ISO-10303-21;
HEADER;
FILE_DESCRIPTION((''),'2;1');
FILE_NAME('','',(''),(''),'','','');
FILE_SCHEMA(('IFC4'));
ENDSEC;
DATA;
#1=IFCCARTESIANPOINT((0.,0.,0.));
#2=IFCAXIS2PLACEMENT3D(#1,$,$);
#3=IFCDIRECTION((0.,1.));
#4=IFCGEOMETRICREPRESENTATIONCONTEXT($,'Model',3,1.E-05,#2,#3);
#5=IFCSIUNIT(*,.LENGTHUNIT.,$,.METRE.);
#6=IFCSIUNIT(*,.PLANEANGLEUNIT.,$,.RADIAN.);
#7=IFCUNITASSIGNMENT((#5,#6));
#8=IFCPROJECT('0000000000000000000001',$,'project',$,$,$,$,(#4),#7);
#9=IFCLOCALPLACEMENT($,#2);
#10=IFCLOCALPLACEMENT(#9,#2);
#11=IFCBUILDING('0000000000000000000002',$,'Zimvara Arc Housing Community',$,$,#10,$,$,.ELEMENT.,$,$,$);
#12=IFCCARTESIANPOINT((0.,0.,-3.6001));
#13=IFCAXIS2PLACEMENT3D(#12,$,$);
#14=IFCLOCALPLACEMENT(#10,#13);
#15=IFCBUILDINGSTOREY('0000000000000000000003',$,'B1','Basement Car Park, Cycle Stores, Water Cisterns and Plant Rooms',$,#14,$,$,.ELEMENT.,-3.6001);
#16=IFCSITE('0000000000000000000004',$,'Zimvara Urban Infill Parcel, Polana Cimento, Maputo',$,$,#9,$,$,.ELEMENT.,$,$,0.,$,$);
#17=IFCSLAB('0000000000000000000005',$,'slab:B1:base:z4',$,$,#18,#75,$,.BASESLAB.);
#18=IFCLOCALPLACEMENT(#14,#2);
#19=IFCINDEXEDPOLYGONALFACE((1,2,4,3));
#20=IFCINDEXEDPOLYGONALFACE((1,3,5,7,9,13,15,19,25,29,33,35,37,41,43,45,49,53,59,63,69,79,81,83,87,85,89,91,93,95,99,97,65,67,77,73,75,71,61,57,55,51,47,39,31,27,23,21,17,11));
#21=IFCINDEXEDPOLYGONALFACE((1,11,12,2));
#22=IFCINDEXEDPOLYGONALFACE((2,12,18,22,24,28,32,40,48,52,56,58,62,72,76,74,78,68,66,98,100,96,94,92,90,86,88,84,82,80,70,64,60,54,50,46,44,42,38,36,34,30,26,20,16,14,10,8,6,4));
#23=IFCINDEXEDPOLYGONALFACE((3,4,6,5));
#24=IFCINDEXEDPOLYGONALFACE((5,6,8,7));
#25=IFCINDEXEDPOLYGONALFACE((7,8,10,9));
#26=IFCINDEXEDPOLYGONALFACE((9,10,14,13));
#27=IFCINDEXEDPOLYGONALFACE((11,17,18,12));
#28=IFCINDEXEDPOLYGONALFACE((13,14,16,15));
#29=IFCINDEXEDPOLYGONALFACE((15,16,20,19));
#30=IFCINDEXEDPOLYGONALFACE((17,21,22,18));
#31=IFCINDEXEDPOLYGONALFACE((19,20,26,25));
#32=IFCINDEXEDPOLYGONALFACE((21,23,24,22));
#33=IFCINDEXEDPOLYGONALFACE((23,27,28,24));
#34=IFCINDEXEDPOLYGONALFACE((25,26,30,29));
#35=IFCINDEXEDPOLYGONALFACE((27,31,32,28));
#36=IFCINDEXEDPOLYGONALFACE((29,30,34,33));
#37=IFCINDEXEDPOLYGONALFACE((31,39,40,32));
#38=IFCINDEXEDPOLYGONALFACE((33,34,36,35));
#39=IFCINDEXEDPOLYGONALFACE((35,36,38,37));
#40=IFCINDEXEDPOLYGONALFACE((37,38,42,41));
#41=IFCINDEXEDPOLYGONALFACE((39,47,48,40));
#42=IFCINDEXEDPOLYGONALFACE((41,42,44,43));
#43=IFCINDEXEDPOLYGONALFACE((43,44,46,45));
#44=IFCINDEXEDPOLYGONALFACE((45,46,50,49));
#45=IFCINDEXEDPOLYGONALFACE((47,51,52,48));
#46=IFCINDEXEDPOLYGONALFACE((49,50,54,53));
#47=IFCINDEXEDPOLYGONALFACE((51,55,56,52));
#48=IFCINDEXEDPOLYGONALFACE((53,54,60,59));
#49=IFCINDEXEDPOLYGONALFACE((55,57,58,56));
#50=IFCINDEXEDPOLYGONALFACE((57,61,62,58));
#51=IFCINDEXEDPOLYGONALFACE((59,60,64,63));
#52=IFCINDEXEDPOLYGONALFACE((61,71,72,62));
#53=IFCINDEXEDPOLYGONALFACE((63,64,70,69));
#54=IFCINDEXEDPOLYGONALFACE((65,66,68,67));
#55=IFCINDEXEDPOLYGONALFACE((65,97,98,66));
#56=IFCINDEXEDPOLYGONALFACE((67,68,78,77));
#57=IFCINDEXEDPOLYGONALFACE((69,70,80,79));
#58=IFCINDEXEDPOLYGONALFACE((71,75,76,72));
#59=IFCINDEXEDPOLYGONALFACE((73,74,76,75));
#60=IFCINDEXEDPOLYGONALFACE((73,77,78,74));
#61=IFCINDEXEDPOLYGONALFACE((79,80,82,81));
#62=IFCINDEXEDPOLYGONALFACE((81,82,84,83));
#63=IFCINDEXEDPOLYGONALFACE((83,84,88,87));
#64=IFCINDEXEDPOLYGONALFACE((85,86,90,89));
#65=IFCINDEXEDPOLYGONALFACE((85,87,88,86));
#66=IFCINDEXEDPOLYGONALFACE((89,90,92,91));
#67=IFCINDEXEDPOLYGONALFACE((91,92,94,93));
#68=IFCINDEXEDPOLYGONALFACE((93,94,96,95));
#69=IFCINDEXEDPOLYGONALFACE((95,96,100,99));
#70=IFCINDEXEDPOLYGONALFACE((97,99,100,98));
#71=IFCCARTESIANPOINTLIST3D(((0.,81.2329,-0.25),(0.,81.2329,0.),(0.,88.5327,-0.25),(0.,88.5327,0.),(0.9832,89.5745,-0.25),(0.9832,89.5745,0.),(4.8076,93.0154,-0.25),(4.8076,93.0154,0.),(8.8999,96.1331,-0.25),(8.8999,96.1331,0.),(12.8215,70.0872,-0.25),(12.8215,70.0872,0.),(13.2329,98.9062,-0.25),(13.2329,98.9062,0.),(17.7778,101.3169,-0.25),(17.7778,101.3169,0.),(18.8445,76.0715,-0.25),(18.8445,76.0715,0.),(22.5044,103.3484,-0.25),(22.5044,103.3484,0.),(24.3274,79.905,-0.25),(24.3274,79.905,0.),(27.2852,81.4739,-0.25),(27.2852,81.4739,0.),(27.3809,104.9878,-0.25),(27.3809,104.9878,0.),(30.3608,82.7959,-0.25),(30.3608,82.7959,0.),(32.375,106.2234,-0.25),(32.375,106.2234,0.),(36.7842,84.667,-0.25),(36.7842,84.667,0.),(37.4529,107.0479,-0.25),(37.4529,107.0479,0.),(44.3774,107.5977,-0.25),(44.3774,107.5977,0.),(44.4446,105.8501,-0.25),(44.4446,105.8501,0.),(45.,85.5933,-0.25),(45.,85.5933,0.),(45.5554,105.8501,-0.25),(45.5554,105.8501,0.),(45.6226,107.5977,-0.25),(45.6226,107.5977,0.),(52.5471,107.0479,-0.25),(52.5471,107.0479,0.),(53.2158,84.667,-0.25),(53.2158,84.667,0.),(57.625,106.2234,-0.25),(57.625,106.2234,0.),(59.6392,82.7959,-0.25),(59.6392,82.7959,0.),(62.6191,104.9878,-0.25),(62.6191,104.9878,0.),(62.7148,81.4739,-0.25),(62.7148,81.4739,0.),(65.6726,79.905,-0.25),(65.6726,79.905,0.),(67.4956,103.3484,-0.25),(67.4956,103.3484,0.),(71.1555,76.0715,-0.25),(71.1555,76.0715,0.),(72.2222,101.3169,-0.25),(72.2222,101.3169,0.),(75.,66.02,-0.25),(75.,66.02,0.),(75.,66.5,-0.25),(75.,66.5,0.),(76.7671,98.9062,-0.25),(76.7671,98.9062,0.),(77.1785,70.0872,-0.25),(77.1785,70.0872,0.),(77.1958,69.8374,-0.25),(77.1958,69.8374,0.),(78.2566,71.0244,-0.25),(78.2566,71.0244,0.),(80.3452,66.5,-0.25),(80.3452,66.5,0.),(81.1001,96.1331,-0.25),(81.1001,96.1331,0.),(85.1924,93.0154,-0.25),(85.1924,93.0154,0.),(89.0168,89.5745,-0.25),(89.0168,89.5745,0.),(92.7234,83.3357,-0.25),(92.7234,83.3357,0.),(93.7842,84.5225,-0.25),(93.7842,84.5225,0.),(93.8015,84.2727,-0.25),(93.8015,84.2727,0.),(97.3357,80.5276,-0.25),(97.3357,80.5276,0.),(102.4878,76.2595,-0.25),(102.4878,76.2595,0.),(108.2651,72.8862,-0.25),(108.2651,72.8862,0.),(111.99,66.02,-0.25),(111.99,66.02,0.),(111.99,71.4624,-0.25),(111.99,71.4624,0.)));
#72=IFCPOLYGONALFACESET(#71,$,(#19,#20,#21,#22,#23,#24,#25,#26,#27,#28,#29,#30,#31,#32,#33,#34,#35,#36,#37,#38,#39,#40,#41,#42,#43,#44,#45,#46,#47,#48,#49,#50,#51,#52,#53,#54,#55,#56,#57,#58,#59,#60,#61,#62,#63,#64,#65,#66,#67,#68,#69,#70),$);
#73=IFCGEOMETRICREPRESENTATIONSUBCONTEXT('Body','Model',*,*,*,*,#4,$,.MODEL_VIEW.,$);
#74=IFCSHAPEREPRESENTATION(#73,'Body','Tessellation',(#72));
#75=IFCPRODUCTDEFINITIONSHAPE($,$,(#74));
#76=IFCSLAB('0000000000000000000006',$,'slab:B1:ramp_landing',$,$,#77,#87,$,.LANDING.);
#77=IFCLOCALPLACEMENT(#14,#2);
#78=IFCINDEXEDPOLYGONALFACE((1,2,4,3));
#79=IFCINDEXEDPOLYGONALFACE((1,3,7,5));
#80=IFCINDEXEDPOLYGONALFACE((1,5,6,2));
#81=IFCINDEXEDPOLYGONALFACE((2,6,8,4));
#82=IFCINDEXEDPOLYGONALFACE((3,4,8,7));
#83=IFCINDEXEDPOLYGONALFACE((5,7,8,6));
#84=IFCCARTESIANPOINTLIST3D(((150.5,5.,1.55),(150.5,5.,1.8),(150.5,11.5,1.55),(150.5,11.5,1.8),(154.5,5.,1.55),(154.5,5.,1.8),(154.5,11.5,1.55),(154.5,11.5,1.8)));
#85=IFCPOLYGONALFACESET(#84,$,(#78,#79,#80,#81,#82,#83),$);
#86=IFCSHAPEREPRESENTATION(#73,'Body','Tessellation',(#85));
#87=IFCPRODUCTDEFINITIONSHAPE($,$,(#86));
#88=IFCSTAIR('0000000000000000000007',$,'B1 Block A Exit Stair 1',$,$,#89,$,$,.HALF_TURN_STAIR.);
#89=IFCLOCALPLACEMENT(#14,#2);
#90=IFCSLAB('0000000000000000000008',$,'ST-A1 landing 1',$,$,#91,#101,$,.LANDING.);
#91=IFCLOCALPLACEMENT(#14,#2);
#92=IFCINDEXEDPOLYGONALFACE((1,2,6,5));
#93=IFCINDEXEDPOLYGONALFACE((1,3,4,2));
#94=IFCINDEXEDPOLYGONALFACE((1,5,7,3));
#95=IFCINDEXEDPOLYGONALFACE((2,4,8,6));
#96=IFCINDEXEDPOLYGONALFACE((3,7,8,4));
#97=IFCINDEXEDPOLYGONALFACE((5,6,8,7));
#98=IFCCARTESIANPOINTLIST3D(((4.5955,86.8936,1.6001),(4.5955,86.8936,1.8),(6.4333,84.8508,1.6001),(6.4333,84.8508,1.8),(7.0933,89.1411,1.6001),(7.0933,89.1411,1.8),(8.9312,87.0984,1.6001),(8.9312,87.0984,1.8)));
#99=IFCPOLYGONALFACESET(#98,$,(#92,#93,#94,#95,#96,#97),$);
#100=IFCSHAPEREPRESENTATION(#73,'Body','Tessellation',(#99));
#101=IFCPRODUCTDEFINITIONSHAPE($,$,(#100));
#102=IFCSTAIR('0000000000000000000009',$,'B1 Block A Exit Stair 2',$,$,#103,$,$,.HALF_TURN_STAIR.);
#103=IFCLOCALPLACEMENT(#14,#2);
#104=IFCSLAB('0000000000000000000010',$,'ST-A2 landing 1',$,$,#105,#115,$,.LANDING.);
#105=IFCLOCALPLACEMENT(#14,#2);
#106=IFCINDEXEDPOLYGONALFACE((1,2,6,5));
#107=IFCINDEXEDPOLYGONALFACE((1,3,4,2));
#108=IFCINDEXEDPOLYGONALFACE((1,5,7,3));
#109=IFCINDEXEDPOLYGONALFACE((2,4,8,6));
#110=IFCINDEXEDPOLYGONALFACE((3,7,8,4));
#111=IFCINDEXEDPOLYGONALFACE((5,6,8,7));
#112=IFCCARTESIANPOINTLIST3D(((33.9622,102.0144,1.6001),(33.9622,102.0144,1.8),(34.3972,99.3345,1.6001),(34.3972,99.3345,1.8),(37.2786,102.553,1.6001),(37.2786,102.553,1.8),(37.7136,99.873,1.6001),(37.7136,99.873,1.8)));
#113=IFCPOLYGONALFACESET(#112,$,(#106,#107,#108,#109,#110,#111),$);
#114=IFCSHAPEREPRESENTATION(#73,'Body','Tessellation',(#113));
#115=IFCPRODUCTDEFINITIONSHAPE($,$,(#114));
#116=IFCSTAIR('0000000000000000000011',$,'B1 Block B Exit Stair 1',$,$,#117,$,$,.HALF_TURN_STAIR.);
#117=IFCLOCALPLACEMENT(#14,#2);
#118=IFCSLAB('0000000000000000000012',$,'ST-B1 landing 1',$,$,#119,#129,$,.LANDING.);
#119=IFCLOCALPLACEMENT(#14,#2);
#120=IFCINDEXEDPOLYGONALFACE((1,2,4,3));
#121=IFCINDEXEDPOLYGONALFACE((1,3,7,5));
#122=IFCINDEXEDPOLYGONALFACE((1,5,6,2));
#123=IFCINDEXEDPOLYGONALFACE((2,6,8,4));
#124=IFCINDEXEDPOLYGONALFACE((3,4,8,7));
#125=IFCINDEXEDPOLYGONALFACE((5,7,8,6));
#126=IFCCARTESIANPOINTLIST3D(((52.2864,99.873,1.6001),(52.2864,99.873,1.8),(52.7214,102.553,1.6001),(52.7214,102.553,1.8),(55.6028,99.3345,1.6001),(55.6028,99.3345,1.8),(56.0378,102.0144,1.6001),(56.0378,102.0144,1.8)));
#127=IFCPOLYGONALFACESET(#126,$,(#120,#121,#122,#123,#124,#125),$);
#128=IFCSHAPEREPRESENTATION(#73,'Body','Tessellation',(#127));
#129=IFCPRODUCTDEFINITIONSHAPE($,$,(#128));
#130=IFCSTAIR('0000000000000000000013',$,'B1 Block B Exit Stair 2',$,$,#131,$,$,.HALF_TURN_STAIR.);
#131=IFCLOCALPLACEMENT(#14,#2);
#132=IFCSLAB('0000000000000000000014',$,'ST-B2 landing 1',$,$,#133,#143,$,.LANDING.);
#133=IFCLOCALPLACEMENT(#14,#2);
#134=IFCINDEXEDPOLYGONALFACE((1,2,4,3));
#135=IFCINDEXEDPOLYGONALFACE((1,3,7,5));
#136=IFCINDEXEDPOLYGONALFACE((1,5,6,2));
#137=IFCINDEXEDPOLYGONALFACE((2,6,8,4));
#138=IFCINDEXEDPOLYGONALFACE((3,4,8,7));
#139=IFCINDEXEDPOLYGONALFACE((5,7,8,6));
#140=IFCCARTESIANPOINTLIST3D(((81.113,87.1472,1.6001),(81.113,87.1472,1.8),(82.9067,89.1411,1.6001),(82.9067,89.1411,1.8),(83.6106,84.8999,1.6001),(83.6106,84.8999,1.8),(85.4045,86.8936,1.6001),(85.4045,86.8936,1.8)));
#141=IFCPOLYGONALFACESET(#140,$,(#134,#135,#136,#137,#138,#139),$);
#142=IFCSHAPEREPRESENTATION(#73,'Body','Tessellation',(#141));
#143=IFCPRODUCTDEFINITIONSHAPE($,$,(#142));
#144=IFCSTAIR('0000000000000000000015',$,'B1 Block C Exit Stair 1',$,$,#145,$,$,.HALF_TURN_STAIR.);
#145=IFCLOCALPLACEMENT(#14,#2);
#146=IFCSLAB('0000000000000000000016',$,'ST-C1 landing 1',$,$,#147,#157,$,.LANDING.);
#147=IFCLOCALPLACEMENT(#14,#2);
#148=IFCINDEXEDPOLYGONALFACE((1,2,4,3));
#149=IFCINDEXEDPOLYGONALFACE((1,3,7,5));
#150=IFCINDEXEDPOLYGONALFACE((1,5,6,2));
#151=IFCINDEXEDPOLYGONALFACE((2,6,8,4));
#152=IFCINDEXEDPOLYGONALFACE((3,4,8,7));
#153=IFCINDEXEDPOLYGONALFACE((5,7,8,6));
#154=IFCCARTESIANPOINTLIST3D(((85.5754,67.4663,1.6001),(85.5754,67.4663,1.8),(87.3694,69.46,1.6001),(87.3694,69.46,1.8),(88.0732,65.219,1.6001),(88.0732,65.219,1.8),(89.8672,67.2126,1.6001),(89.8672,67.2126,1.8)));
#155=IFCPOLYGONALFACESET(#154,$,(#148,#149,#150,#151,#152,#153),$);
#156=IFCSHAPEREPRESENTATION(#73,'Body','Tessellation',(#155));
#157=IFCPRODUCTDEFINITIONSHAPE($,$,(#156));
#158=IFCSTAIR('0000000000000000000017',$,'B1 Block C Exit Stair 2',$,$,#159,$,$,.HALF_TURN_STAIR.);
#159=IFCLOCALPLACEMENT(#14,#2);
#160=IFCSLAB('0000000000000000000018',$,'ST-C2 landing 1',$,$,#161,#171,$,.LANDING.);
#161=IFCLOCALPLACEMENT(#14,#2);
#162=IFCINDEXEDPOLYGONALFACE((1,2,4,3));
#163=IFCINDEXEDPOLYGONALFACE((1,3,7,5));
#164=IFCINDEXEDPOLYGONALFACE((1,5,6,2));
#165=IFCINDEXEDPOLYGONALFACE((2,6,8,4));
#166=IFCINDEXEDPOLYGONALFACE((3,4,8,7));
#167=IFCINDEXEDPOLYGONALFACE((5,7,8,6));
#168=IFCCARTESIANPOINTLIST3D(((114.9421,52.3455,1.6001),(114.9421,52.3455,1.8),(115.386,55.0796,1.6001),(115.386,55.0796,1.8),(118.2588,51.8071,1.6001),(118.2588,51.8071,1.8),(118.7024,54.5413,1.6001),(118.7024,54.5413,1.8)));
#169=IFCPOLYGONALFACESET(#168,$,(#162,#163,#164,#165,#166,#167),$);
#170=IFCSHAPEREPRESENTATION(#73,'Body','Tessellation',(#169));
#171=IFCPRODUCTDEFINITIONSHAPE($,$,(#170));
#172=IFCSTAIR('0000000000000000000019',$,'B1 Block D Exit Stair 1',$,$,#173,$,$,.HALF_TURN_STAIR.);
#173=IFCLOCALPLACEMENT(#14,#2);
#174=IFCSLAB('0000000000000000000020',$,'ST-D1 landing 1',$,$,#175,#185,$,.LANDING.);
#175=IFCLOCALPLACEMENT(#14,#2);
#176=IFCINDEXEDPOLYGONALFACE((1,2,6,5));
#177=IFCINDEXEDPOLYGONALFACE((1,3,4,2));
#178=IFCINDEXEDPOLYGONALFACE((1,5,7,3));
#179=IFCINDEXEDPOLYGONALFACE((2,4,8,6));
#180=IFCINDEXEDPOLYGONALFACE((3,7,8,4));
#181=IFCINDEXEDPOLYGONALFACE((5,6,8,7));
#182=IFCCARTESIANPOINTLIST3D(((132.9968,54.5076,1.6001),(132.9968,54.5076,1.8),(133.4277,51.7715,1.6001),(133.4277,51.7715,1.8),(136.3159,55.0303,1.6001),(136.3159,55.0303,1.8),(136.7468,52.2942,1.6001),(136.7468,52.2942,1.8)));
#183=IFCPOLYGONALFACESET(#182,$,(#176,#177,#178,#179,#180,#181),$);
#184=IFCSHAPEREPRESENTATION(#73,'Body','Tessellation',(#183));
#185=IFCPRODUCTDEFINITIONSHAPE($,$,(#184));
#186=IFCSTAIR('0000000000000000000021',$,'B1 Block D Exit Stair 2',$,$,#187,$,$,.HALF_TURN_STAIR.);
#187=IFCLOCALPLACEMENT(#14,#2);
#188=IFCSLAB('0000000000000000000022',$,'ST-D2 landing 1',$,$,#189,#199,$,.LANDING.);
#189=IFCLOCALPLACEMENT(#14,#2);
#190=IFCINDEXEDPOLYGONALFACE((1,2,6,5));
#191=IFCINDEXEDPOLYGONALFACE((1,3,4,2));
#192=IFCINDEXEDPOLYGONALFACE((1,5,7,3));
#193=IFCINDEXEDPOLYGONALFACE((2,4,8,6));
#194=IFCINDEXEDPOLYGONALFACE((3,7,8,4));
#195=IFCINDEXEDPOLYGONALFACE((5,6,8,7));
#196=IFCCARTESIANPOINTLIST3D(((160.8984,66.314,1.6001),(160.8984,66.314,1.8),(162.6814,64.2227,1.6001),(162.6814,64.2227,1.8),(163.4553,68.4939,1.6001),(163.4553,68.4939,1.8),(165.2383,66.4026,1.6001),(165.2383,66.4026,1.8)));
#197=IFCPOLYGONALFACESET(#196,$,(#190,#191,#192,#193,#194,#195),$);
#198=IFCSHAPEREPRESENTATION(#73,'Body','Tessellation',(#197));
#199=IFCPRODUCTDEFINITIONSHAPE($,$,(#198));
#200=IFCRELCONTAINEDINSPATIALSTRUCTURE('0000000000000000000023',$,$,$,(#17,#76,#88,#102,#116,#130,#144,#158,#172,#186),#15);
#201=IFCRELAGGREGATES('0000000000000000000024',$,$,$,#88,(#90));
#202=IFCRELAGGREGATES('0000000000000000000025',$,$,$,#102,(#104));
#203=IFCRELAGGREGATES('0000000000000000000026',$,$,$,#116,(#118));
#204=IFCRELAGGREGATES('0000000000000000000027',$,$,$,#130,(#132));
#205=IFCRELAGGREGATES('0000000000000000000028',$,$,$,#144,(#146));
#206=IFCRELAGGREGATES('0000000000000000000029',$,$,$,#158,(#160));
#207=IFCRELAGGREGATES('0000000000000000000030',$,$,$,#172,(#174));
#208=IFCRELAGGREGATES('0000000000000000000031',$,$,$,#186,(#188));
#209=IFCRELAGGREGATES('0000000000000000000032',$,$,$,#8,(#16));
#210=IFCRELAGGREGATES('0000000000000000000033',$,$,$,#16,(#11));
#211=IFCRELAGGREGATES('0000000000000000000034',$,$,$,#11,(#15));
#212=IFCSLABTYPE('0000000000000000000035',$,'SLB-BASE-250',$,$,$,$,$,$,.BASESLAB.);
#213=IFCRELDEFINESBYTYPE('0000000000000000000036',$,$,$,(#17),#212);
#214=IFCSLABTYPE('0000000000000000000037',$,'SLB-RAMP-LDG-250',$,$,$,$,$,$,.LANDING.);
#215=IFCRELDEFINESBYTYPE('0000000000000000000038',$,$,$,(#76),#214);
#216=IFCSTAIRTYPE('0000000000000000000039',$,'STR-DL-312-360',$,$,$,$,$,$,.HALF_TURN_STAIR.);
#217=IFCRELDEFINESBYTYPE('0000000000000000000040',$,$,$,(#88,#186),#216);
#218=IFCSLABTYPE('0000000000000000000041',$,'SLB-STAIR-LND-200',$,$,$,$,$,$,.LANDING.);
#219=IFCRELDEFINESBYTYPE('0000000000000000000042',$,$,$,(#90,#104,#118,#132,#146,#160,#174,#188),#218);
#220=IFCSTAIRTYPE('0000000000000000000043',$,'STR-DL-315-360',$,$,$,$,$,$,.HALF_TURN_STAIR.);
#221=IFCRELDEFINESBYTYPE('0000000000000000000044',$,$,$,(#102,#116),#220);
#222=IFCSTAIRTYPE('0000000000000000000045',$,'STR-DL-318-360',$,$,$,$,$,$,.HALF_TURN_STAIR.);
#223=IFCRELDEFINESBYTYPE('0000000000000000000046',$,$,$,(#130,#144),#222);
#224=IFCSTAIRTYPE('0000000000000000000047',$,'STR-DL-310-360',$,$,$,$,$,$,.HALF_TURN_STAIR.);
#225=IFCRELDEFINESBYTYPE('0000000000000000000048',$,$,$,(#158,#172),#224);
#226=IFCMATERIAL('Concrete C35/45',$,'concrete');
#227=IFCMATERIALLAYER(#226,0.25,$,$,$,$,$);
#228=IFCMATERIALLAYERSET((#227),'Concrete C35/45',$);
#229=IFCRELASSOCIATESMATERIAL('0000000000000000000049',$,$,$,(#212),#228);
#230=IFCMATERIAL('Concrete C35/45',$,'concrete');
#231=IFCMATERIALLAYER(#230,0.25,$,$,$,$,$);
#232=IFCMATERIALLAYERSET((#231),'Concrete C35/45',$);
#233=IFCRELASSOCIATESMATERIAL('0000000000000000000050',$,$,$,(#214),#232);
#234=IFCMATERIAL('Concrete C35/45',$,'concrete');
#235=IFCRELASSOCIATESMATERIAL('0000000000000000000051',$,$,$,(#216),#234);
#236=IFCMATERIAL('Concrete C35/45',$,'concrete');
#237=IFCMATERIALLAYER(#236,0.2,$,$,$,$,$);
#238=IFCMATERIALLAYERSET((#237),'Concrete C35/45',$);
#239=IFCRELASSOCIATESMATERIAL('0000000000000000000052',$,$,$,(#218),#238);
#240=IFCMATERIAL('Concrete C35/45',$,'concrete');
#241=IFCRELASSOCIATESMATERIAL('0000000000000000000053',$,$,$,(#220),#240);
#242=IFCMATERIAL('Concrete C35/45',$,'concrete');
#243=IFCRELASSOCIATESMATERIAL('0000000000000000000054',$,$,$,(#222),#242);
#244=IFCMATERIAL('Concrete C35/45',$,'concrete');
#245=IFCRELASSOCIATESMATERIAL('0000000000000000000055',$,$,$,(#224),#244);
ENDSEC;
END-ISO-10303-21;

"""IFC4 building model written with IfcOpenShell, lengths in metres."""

from ifc_helpers import new_model, si_unit, direction, frame, origin, place, context, subcontext, project, spatial, polyline, outline, extrude, material, layer, layer_set, type_object, element, aggregate, save


model = new_model("IFC4")

# Units and contexts
model_context = context("Model", 3, precision=1e-05, world=origin(), true_north=direction((0.0, 1.0)))
body_context = subcontext(model_context, "Body", "Model", "MODEL_VIEW")
ifc_project = project(units=[si_unit("LENGTHUNIT", "METRE"), si_unit("PLANEANGLEUNIT", "RADIAN")], contexts=[model_context])

# Site, building, storey
site_placement = place(None, origin())
site = spatial("IfcSite", under=ifc_project, at=site_placement, Name="Zimvara Urban Infill Parcel, Polana Cimento, Maputo", CompositionType="ELEMENT", RefElevation=0.0)
building_placement = place(site_placement, origin())
building = spatial("IfcBuilding", under=site, at=building_placement, Name="Zimvara Arc Housing Community", CompositionType="ELEMENT")
storey_placement = place(building_placement, frame((0.0, 0.0, -3.6001)))
storey = spatial("IfcBuildingStorey", under=building, at=storey_placement, Name="B1", Description="Basement Car Park, Cycle Stores, Water Cisterns and Plant Rooms", CompositionType="ELEMENT", Elevation=-3.6001)

# Slabs
ifc_material_1 = material(Name="Concrete C35/45", Category="concrete")
ifc_layer_1 = layer(ifc_material_1, 0.25)
ifc_layer_set_1 = layer_set([ifc_layer_1], Name="Concrete C35/45")
slab_type_1 = type_object("IfcSlabType", Name="SLB-BASE-250", PredefinedType="BASESLAB", material=ifc_layer_set_1)
slab_1_placement = place(storey_placement, frame((0.0, 0.0, -0.25)))
element("IfcSlab", 1, at=slab_1_placement, inside=storey, type_object=slab_type_1, Name="slab:B1:base:z4", PredefinedType="BASESLAB", context=body_context, shape_type="SweptSolid", body=[
    extrude(outline(polyline([(75.0, 66.02), (111.99, 66.02), (111.99, 71.4624), (108.2651, 72.8862), (102.4878, 76.2595), (97.3357, 80.5276), (93.8015, 84.2727), (92.7234, 83.3357), (93.7842, 84.5225), (89.0168, 89.5745), (85.1924, 93.0154), (81.1001, 96.1331), (76.7671, 98.9062), (72.2222, 101.3169), (67.4956, 103.3484), (62.6191, 104.9878), (57.625, 106.2234), (52.5471, 107.0479), (45.6226, 107.5977), (45.5554, 105.8501), (44.4446, 105.8501), (44.3774, 107.5977), (37.4529, 107.0479), (32.375, 106.2234), (27.3809, 104.9878), (22.5044, 103.3484), (17.7778, 101.3169), (13.2329, 98.9062), (8.8999, 96.1331), (4.8076, 93.0154), (0.9832, 89.5745), (0.0, 88.5327), (0.0, 81.2329), (12.8215, 70.0872), (18.8445, 76.0715), (24.3274, 79.905), (27.2852, 81.4739), (30.3608, 82.7959), (36.7842, 84.667), (45.0, 85.5933), (53.2158, 84.667), (59.6392, 82.7959), (62.7148, 81.4739), (65.6726, 79.905), (71.1555, 76.0715), (77.1785, 70.0872), (78.2566, 71.0244), (77.1958, 69.8374), (80.3452, 66.5), (75.0, 66.5), (75.0, 66.02)])), origin(), (0.0, 0.0, 1.0), 0.25),
])
ifc_material_2 = material(Name="Concrete C35/45", Category="concrete")
ifc_layer_2 = layer(ifc_material_2, 0.25)
ifc_layer_set_2 = layer_set([ifc_layer_2], Name="Concrete C35/45")
slab_type_2 = type_object("IfcSlabType", Name="SLB-RAMP-LDG-250", PredefinedType="LANDING", material=ifc_layer_set_2)
slab_2_placement = place(storey_placement, frame((0.0, 0.0, 1.55)))
element("IfcSlab", 2, at=slab_2_placement, inside=storey, type_object=slab_type_2, Name="slab:B1:ramp_landing", PredefinedType="LANDING", context=body_context, shape_type="SweptSolid", body=[
    extrude(outline(polyline([(150.5, 5.0), (154.5, 5.0), (154.5, 11.5), (150.5, 11.5), (150.5, 5.0)])), origin(), (0.0, 0.0, 1.0), 0.25),
])

# Stairs, slabs
ifc_material_3 = material(Name="Concrete C35/45", Category="concrete")
stair_type_1 = type_object("IfcStairType", Name="STR-DL-312-360", PredefinedType="HALF_TURN_STAIR", material=ifc_material_3)
stair_1_placement = place(storey_placement, origin())
stair_1 = element("IfcStair", 3, at=stair_1_placement, inside=storey, type_object=stair_type_1, Name="B1 Block A Exit Stair 1", PredefinedType="HALF_TURN_STAIR")
ifc_material_4 = material(Name="Concrete C35/45", Category="concrete")
ifc_layer_3 = layer(ifc_material_4, 0.2)
ifc_layer_set_3 = layer_set([ifc_layer_3], Name="Concrete C35/45")
slab_type_3 = type_object("IfcSlabType", Name="SLB-STAIR-LND-200", PredefinedType="LANDING", material=ifc_layer_set_3)
slab_3_placement = place(storey_placement, frame((0.0, 0.0, 1.6001)))
slab_3 = element("IfcSlab", 4, at=slab_3_placement, type_object=slab_type_3, Name="ST-A1 landing 1", PredefinedType="LANDING", context=body_context, shape_type="SweptSolid", body=[
    extrude(outline(polyline([(8.9312, 87.0984), (7.0933, 89.1411), (4.5955, 86.8936), (6.4333, 84.8508), (8.9312, 87.0984)])), origin(), (0.0, 0.0, 1.0), 0.2),
])
aggregate(stair_1, [slab_3])
ifc_material_5 = material(Name="Concrete C35/45", Category="concrete")
stair_type_2 = type_object("IfcStairType", Name="STR-DL-315-360", PredefinedType="HALF_TURN_STAIR", material=ifc_material_5)
stair_2_placement = place(storey_placement, origin())
stair_2 = element("IfcStair", 5, at=stair_2_placement, inside=storey, type_object=stair_type_2, Name="B1 Block A Exit Stair 2", PredefinedType="HALF_TURN_STAIR")
slab_4_placement = place(storey_placement, frame((0.0, 0.0, 1.6001)))
slab_4 = element("IfcSlab", 6, at=slab_4_placement, type_object=slab_type_3, Name="ST-A2 landing 1", PredefinedType="LANDING", context=body_context, shape_type="SweptSolid", body=[
    extrude(outline(polyline([(37.7136, 99.873), (37.2786, 102.553), (33.9622, 102.0144), (34.3972, 99.3345), (37.7136, 99.873)])), origin(), (0.0, 0.0, 1.0), 0.2),
])
aggregate(stair_2, [slab_4])
stair_3_placement = place(storey_placement, origin())
stair_3 = element("IfcStair", 7, at=stair_3_placement, inside=storey, type_object=stair_type_2, Name="B1 Block B Exit Stair 1", PredefinedType="HALF_TURN_STAIR")
slab_5_placement = place(storey_placement, frame((0.0, 0.0, 1.6001)))
slab_5 = element("IfcSlab", 8, at=slab_5_placement, type_object=slab_type_3, Name="ST-B1 landing 1", PredefinedType="LANDING", context=body_context, shape_type="SweptSolid", body=[
    extrude(outline(polyline([(55.6028, 99.3345), (56.0378, 102.0144), (52.7214, 102.553), (52.2864, 99.873), (55.6028, 99.3345)])), origin(), (0.0, 0.0, 1.0), 0.2),
])
aggregate(stair_3, [slab_5])
ifc_material_6 = material(Name="Concrete C35/45", Category="concrete")
stair_type_3 = type_object("IfcStairType", Name="STR-DL-318-360", PredefinedType="HALF_TURN_STAIR", material=ifc_material_6)
stair_4_placement = place(storey_placement, origin())
stair_4 = element("IfcStair", 9, at=stair_4_placement, inside=storey, type_object=stair_type_3, Name="B1 Block B Exit Stair 2", PredefinedType="HALF_TURN_STAIR")
slab_6_placement = place(storey_placement, frame((0.0, 0.0, 1.6001)))
slab_6 = element("IfcSlab", 10, at=slab_6_placement, type_object=slab_type_3, Name="ST-B2 landing 1", PredefinedType="LANDING", context=body_context, shape_type="SweptSolid", body=[
    extrude(outline(polyline([(83.6106, 84.8999), (85.4045, 86.8936), (82.9067, 89.1411), (81.113, 87.1472), (83.6106, 84.8999)])), origin(), (0.0, 0.0, 1.0), 0.2),
])
aggregate(stair_4, [slab_6])
stair_5_placement = place(storey_placement, origin())
stair_5 = element("IfcStair", 11, at=stair_5_placement, inside=storey, type_object=stair_type_3, Name="B1 Block C Exit Stair 1", PredefinedType="HALF_TURN_STAIR")
slab_7_placement = place(storey_placement, frame((0.0, 0.0, 1.6001)))
slab_7 = element("IfcSlab", 12, at=slab_7_placement, type_object=slab_type_3, Name="ST-C1 landing 1", PredefinedType="LANDING", context=body_context, shape_type="SweptSolid", body=[
    extrude(outline(polyline([(87.3694, 69.46), (85.5754, 67.4663), (88.0732, 65.219), (89.8672, 67.2126), (87.3694, 69.46)])), origin(), (0.0, 0.0, 1.0), 0.2),
])
aggregate(stair_5, [slab_7])
ifc_material_7 = material(Name="Concrete C35/45", Category="concrete")
stair_type_4 = type_object("IfcStairType", Name="STR-DL-310-360", PredefinedType="HALF_TURN_STAIR", material=ifc_material_7)
stair_6_placement = place(storey_placement, origin())
stair_6 = element("IfcStair", 13, at=stair_6_placement, inside=storey, type_object=stair_type_4, Name="B1 Block C Exit Stair 2", PredefinedType="HALF_TURN_STAIR")
slab_8_placement = place(storey_placement, frame((0.0, 0.0, 1.6001)))
slab_8 = element("IfcSlab", 14, at=slab_8_placement, type_object=slab_type_3, Name="ST-C2 landing 1", PredefinedType="LANDING", context=body_context, shape_type="SweptSolid", body=[
    extrude(outline(polyline([(115.386, 55.0796), (114.9421, 52.3455), (118.2588, 51.8071), (118.7024, 54.5413), (115.386, 55.0796)])), origin(), (0.0, 0.0, 1.0), 0.2),
])
aggregate(stair_6, [slab_8])
stair_7_placement = place(storey_placement, origin())
stair_7 = element("IfcStair", 15, at=stair_7_placement, inside=storey, type_object=stair_type_4, Name="B1 Block D Exit Stair 1", PredefinedType="HALF_TURN_STAIR")
slab_9_placement = place(storey_placement, frame((0.0, 0.0, 1.6001)))
slab_9 = element("IfcSlab", 16, at=slab_9_placement, type_object=slab_type_3, Name="ST-D1 landing 1", PredefinedType="LANDING", context=body_context, shape_type="SweptSolid", body=[
    extrude(outline(polyline([(132.9968, 54.5076), (133.4277, 51.7715), (136.7468, 52.2942), (136.3159, 55.0303), (132.9968, 54.5076)])), origin(), (0.0, 0.0, 1.0), 0.2),
])
aggregate(stair_7, [slab_9])
stair_8_placement = place(storey_placement, origin())
stair_8 = element("IfcStair", 17, at=stair_8_placement, inside=storey, type_object=stair_type_1, Name="B1 Block D Exit Stair 2", PredefinedType="HALF_TURN_STAIR")
slab_10_placement = place(storey_placement, frame((0.0, 0.0, 1.6001)))
slab_10 = element("IfcSlab", 18, at=slab_10_placement, type_object=slab_type_3, Name="ST-D2 landing 1", PredefinedType="LANDING", context=body_context, shape_type="SweptSolid", body=[
    extrude(outline(polyline([(160.8984, 66.314), (162.6814, 64.2227), (165.2383, 66.4026), (163.4553, 68.4939), (160.8984, 66.314)])), origin(), (0.0, 0.0, 1.0), 0.2),
])
aggregate(stair_8, [slab_10])

save(model, "model.ifc")
